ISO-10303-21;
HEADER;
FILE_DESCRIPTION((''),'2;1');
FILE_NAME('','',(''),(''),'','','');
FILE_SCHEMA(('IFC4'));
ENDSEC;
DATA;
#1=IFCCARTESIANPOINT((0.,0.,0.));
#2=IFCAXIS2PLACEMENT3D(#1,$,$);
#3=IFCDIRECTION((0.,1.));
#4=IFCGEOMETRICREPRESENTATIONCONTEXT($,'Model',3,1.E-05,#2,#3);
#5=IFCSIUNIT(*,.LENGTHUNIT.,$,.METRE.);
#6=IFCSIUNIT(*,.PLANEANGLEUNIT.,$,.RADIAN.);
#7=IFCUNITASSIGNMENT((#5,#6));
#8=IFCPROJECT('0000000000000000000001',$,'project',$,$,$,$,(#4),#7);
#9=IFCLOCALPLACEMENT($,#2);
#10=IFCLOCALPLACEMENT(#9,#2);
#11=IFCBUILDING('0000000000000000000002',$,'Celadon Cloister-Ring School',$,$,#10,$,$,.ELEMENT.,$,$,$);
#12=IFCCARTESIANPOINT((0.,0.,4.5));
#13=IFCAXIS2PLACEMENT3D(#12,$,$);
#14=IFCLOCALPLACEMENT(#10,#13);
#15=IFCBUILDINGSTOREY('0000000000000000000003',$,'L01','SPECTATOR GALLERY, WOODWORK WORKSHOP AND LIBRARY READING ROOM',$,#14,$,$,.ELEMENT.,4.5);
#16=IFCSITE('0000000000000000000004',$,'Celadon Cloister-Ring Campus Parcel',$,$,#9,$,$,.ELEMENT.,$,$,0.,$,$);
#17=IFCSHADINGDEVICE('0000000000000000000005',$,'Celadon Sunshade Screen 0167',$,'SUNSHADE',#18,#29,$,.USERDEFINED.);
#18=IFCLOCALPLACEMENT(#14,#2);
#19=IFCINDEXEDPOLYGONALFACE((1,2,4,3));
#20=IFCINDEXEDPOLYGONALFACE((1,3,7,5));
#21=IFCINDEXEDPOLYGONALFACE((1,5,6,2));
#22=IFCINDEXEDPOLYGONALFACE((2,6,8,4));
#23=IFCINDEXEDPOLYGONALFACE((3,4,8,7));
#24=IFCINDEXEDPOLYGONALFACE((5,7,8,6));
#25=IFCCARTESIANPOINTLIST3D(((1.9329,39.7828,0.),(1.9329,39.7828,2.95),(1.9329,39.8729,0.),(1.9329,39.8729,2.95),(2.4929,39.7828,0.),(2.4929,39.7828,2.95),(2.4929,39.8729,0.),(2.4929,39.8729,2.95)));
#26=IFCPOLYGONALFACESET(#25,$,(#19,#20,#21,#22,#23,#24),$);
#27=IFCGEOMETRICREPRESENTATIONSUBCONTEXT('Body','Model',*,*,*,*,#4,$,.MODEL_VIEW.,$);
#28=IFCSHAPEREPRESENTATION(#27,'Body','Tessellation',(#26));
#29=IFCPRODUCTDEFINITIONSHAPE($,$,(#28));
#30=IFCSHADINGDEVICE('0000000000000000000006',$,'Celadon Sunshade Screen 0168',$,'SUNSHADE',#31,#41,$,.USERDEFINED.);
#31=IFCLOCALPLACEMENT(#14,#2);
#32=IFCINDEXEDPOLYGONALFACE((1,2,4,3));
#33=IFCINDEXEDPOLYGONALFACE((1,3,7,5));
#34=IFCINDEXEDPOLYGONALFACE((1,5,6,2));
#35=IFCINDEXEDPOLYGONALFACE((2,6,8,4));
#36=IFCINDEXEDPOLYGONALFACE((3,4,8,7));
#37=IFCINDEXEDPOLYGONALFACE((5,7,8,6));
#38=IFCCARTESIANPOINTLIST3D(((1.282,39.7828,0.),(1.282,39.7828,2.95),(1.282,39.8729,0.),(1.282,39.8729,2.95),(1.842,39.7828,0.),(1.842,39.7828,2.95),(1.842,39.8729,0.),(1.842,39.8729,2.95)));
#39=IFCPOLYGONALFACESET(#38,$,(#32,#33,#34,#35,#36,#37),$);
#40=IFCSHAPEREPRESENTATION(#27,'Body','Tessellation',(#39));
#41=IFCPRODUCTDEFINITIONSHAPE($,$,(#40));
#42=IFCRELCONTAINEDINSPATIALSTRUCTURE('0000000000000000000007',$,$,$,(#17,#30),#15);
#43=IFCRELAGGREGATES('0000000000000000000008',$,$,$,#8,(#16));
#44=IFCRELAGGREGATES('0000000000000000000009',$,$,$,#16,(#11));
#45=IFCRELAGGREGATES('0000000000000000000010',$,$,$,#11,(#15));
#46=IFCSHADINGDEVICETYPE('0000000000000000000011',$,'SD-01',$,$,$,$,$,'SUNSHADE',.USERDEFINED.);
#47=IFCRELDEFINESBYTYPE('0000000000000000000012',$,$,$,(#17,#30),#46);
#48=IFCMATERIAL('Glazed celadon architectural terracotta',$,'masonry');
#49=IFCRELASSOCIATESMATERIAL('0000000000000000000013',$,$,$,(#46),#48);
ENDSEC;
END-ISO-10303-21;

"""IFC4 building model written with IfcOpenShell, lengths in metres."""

from ifc_helpers import new_model, si_unit, direction, frame, origin, origin_2d, place, context, subcontext, project, spatial, rectangle, extrude, material, type_object, element, save


model = new_model("IFC4")

# Units and contexts
model_context = context("Model", 3, precision=1e-05, world=origin(), true_north=direction((0.0, 1.0)))
body_context = subcontext(model_context, "Body", "Model", "MODEL_VIEW")
ifc_project = project(units=[si_unit("LENGTHUNIT", "METRE"), si_unit("PLANEANGLEUNIT", "RADIAN")], contexts=[model_context])

# Site, building, storey
site_placement = place(None, origin())
site = spatial("IfcSite", under=ifc_project, at=site_placement, Name="Celadon Cloister-Ring Campus Parcel", CompositionType="ELEMENT", RefElevation=0.0)
building_placement = place(site_placement, origin())
building = spatial("IfcBuilding", under=site, at=building_placement, Name="Celadon Cloister-Ring School", CompositionType="ELEMENT")
storey_placement = place(building_placement, frame((0.0, 0.0, 4.5)))
storey = spatial("IfcBuildingStorey", under=building, at=storey_placement, Name="L01", Description="SPECTATOR GALLERY, WOODWORK WORKSHOP AND LIBRARY READING ROOM", CompositionType="ELEMENT", Elevation=4.5)

# Shading devices
ifc_material_1 = material(Name="Glazed celadon architectural terracotta", Category="masonry")
shading_device_type = type_object("IfcShadingDeviceType", Name="SD-01", ElementType="SUNSHADE", PredefinedType="USERDEFINED", material=ifc_material_1)
for number, where, z_axis, x_axis, name in (
    (1, (2.2129, 39.8279, 0.0), (0.0, 0.0, 1.0), (-1.0, 0.0, 0.0), "Celadon Sunshade Screen 0167"),
    (2, (1.562, 39.8279, 0.0), (0.0, 0.0, 1.0), (-1.0, 0.0, 0.0), "Celadon Sunshade Screen 0168"),
):
    element("IfcShadingDevice", number, at=place(storey_placement, frame(where, z_axis=z_axis, x_axis=x_axis)), inside=storey, type_object=shading_device_type, Name=name, ObjectType="SUNSHADE", PredefinedType="USERDEFINED", context=body_context, shape_type="SweptSolid", body=[
        extrude(rectangle(XDim=0.5601, YDim=0.0901, at=origin_2d()), origin(), (0.0, 0.0, 1.0), 2.95),
    ])

save(model, "model.ifc")
